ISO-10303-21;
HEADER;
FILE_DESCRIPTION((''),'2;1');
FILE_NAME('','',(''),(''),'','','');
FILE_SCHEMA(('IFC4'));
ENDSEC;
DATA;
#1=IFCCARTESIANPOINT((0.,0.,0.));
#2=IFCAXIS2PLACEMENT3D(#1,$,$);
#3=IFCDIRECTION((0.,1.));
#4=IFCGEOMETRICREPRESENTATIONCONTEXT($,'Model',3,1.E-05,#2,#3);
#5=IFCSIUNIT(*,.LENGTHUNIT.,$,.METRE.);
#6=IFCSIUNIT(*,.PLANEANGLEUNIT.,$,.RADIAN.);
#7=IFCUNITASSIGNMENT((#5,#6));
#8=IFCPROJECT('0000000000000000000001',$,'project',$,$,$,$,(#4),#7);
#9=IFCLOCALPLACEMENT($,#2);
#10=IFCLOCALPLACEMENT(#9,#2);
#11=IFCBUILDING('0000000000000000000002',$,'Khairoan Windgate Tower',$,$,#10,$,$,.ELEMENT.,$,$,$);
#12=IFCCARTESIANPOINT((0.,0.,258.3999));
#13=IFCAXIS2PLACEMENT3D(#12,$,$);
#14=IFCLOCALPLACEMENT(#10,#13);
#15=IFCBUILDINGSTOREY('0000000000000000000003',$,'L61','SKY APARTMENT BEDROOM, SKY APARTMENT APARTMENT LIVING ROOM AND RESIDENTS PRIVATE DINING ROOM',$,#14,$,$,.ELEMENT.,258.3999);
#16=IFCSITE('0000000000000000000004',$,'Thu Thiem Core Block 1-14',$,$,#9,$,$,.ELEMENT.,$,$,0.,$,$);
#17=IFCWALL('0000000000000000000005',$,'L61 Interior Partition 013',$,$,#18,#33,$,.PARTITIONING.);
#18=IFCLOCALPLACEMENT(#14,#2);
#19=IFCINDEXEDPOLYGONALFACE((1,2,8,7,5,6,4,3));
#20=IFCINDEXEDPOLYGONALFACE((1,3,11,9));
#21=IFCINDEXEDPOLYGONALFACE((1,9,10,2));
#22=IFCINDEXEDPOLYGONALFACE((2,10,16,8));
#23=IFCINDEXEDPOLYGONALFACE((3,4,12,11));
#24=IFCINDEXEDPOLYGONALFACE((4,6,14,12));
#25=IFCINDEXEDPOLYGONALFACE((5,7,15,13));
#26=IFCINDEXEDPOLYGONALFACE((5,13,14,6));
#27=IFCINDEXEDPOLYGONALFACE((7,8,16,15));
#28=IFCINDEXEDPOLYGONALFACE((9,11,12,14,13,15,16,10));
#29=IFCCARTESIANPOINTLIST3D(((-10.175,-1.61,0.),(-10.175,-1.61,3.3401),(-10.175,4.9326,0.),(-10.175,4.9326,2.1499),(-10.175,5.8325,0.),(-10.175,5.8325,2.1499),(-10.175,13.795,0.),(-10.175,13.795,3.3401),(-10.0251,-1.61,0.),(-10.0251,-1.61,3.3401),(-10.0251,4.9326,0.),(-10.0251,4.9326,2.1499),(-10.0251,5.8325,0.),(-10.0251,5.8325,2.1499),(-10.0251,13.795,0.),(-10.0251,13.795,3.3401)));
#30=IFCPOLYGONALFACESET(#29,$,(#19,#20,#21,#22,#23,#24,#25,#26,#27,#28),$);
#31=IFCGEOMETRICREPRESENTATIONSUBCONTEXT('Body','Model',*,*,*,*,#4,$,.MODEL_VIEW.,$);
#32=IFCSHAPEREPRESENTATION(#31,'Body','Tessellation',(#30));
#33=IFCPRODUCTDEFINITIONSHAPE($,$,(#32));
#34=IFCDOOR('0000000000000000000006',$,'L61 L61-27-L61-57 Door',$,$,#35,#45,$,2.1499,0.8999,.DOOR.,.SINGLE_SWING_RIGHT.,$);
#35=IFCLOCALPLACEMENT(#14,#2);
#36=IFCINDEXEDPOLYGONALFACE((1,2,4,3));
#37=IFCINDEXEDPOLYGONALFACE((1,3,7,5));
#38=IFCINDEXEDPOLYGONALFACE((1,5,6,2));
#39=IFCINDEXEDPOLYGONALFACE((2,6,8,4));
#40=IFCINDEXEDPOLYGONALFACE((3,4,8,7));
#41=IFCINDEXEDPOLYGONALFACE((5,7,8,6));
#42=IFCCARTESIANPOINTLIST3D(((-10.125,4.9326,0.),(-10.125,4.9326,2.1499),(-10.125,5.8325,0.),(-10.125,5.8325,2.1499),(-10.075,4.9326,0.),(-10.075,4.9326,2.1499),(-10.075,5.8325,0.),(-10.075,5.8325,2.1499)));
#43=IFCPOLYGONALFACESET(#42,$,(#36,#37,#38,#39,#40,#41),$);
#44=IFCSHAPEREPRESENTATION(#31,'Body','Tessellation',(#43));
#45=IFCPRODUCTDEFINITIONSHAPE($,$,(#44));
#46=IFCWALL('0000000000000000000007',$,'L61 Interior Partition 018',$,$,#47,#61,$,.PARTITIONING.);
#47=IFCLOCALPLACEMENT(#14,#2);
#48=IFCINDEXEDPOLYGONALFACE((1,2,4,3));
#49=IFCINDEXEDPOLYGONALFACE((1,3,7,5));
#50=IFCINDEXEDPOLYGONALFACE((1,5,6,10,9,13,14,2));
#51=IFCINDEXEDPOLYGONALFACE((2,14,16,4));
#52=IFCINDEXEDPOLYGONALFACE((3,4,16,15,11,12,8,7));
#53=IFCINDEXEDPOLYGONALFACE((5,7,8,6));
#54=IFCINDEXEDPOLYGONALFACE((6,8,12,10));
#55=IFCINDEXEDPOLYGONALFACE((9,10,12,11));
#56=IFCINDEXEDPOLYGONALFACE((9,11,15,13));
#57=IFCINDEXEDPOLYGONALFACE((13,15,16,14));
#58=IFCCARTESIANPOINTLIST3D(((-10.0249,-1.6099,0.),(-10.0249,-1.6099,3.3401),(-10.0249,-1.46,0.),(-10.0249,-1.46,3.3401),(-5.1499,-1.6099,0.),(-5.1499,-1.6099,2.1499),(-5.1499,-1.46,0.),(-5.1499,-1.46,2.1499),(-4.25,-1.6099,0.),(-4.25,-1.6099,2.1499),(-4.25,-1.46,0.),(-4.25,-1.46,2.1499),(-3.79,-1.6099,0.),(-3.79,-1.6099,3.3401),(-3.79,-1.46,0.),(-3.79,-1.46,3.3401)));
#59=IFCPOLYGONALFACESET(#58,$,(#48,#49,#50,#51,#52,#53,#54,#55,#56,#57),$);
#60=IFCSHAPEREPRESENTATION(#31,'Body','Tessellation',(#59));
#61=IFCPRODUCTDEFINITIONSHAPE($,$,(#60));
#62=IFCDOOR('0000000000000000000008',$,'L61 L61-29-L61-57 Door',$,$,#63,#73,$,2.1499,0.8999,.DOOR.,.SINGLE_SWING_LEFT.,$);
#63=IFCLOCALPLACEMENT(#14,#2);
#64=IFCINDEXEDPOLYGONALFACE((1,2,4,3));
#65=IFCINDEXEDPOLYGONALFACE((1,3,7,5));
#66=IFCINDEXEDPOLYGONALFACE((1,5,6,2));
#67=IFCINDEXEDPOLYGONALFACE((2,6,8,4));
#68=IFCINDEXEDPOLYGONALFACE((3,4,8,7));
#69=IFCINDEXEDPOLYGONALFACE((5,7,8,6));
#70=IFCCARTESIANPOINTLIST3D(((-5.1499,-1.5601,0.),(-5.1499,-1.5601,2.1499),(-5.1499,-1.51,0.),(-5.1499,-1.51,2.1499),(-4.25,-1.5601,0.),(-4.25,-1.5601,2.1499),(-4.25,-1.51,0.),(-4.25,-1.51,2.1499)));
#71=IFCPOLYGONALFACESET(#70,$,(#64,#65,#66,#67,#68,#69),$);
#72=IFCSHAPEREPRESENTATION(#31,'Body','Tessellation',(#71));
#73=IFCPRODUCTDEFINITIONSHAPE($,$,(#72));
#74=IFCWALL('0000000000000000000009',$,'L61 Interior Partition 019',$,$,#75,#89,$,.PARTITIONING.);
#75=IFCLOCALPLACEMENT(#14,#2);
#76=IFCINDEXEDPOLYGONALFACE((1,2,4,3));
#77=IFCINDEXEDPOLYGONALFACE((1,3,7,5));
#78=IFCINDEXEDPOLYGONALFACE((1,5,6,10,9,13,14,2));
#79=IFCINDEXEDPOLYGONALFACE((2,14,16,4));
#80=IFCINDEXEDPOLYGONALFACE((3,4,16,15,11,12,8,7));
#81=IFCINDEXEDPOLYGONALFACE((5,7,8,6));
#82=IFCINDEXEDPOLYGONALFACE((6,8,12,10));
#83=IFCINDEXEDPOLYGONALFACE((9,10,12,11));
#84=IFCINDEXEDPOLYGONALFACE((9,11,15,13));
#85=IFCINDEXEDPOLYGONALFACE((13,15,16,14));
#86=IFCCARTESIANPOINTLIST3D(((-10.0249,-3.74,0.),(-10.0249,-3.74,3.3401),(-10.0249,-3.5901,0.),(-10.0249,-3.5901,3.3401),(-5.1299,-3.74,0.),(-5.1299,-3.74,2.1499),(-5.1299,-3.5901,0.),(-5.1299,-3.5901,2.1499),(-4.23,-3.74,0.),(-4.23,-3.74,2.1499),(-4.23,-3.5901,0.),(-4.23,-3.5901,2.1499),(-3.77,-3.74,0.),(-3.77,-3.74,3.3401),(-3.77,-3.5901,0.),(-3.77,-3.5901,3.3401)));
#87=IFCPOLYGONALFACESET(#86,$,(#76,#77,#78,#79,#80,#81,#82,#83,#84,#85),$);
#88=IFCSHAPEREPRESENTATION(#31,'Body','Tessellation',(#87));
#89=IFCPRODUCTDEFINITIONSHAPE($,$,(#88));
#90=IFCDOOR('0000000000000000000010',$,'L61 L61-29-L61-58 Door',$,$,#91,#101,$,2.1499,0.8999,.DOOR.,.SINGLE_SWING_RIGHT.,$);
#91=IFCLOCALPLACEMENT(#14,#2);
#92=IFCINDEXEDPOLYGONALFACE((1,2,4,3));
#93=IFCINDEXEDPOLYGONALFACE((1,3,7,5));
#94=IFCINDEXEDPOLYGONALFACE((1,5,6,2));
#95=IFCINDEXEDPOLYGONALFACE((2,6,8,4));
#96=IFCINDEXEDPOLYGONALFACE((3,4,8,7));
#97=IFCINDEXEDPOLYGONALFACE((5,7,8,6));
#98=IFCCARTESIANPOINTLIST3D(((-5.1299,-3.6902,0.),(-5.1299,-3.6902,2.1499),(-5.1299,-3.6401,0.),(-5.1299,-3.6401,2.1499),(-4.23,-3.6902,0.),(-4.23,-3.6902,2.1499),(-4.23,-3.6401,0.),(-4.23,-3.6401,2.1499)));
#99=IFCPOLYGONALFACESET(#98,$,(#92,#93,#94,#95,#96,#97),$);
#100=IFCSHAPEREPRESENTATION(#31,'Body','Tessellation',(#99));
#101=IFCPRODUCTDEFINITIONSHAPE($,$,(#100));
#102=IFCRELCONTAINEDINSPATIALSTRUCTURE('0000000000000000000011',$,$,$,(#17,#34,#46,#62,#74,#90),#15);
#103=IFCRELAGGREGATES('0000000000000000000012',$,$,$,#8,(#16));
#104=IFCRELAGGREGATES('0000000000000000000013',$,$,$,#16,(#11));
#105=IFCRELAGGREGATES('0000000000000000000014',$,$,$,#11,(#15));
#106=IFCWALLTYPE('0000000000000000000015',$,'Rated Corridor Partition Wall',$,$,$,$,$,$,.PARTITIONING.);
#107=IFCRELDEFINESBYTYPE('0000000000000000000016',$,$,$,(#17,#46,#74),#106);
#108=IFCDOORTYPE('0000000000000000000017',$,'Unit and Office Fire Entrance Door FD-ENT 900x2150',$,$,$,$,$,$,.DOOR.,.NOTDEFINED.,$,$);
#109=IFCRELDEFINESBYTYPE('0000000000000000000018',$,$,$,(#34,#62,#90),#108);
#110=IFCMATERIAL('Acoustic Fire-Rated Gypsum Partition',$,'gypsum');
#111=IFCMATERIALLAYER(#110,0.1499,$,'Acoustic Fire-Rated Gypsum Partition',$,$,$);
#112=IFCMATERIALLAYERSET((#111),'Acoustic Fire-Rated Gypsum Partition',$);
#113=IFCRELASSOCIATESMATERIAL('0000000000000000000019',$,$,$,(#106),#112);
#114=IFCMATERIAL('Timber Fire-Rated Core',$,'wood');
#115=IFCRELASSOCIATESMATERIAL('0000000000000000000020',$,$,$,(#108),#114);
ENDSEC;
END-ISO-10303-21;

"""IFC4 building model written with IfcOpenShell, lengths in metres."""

from ifc_helpers import new_model, si_unit, direction, frame, frame_2d, origin, place, context, subcontext, project, spatial, rectangle, extrude, material, layer, layer_set, type_object, element, fill, save


model = new_model("IFC4")

# Units and contexts
model_context = context("Model", 3, precision=1e-05, world=origin(), true_north=direction((0.0, 1.0)))
body_context = subcontext(model_context, "Body", "Model", "MODEL_VIEW")
ifc_project = project(units=[si_unit("LENGTHUNIT", "METRE"), si_unit("PLANEANGLEUNIT", "RADIAN")], contexts=[model_context])

# Site, building, storey
site_placement = place(None, origin())
site = spatial("IfcSite", under=ifc_project, at=site_placement, Name="Thu Thiem Core Block 1-14", CompositionType="ELEMENT", RefElevation=0.0)
building_placement = place(site_placement, origin())
building = spatial("IfcBuilding", under=site, at=building_placement, Name="Khairoan Windgate Tower", CompositionType="ELEMENT")
storey_placement = place(building_placement, frame((0.0, 0.0, 258.3999)))
storey = spatial("IfcBuildingStorey", under=building, at=storey_placement, Name="L61", Description="SKY APARTMENT BEDROOM, SKY APARTMENT APARTMENT LIVING ROOM AND RESIDENTS PRIVATE DINING ROOM", CompositionType="ELEMENT", Elevation=258.3999)

# Walls, openings, doors
ifc_material_1 = material(Name="Acoustic Fire-Rated Gypsum Partition", Category="gypsum")
ifc_layer_1 = layer(ifc_material_1, 0.1499, Name="Acoustic Fire-Rated Gypsum Partition")
ifc_layer_set_1 = layer_set([ifc_layer_1], Name="Acoustic Fire-Rated Gypsum Partition")
wall_type_1 = type_object("IfcWallType", Name="Rated Corridor Partition Wall", PredefinedType="PARTITIONING", material=ifc_layer_set_1)
wall_1_placement = place(storey_placement, frame((-10.1001, -1.6101, 0.0), z_axis=(0.0, 0.0, 1.0), x_axis=(0.0, 1.0, 0.0)))
wall_1 = element("IfcWall", 1, at=wall_1_placement, inside=storey, type_object=wall_type_1, Name="L61 Interior Partition 013", PredefinedType="PARTITIONING", context=body_context, shape_type="SweptSolid", body=[
    extrude(rectangle(XDim=15.405, YDim=0.1499, at=frame_2d((7.7026, 0.0))), origin(), (0.0, 0.0, 1.0), 3.3401),
])
opening_1_placement = place(wall_1_placement, frame((6.5427, 0.0, 0.0)))
opening_1 = element("IfcOpeningElement", 2, at=opening_1_placement, cuts=wall_1, PredefinedType="OPENING", context=body_context, shape_type="SweptSolid", body=[
    extrude(rectangle(XDim=0.8999, YDim=2.1499, at=frame_2d((0.45, 1.075))), frame((0.0, 0.085, 0.0), z_axis=(0.0, -1.0, 0.0), x_axis=(1.0, 0.0, 0.0)), (0.0, 0.0, 1.0), 0.1699),
])
ifc_material_2 = material(Name="Timber Fire-Rated Core", Category="wood")
door_type = type_object("IfcDoorType", Name="Unit and Office Fire Entrance Door FD-ENT 900x2150", OperationType="NOTDEFINED", PredefinedType="DOOR", material=ifc_material_2)
door_1_placement = place(opening_1_placement, origin())
door_1 = element("IfcDoor", 3, at=door_1_placement, inside=storey, type_object=door_type, Name="L61 L61-27-L61-57 Door", OperationType="SINGLE_SWING_RIGHT", OverallHeight=2.1499, OverallWidth=0.8999, PredefinedType="DOOR", context=body_context, shape_type="SweptSolid", body=[
    extrude(rectangle(XDim=0.8999, YDim=2.1499, at=frame_2d((0.45, 1.075))), frame((0.0, 0.0249, 0.0), z_axis=(0.0, -1.0, 0.0), x_axis=(1.0, 0.0, 0.0)), (0.0, 0.0, 1.0), 0.05),
])
fill(opening_1, door_1)
wall_2_placement = place(storey_placement, frame((-10.0249, -1.5349, 0.0), z_axis=(0.0, 0.0, 1.0), x_axis=(1.0, 0.0, 0.0)))
wall_2 = element("IfcWall", 4, at=wall_2_placement, inside=storey, type_object=wall_type_1, Name="L61 Interior Partition 018", PredefinedType="PARTITIONING", context=body_context, shape_type="SweptSolid", body=[
    extrude(rectangle(XDim=6.2349, YDim=0.1499, at=frame_2d((3.1174, 0.0))), origin(), (0.0, 0.0, 1.0), 3.3401),
])
opening_2_placement = place(wall_2_placement, frame((4.875, 0.0, 0.0)))
opening_2 = element("IfcOpeningElement", 5, at=opening_2_placement, cuts=wall_2, PredefinedType="OPENING", context=body_context, shape_type="SweptSolid", body=[
    extrude(rectangle(XDim=0.8999, YDim=2.1499, at=frame_2d((0.45, 1.075))), frame((0.0, 0.085, 0.0), z_axis=(0.0, -1.0, 0.0), x_axis=(1.0, 0.0, 0.0)), (0.0, 0.0, 1.0), 0.1699),
])
door_2_placement = place(opening_2_placement, origin())
door_2 = element("IfcDoor", 6, at=door_2_placement, inside=storey, type_object=door_type, Name="L61 L61-29-L61-57 Door", OperationType="SINGLE_SWING_LEFT", OverallHeight=2.1499, OverallWidth=0.8999, PredefinedType="DOOR", context=body_context, shape_type="SweptSolid", body=[
    extrude(rectangle(XDim=0.8999, YDim=2.1499, at=frame_2d((0.45, 1.075))), frame((0.0, 0.0249, 0.0), z_axis=(0.0, -1.0, 0.0), x_axis=(1.0, 0.0, 0.0)), (0.0, 0.0, 1.0), 0.05),
])
fill(opening_2, door_2)
wall_3_placement = place(storey_placement, frame((-10.0249, -3.665, 0.0), z_axis=(0.0, 0.0, 1.0), x_axis=(1.0, 0.0, 0.0)))
wall_3 = element("IfcWall", 7, at=wall_3_placement, inside=storey, type_object=wall_type_1, Name="L61 Interior Partition 019", PredefinedType="PARTITIONING", context=body_context, shape_type="SweptSolid", body=[
    extrude(rectangle(XDim=6.2549, YDim=0.1499, at=frame_2d((3.1274, 0.0))), origin(), (0.0, 0.0, 1.0), 3.3401),
])
opening_3_placement = place(wall_3_placement, frame((4.895, 0.0, 0.0)))
opening_3 = element("IfcOpeningElement", 8, at=opening_3_placement, cuts=wall_3, PredefinedType="OPENING", context=body_context, shape_type="SweptSolid", body=[
    extrude(rectangle(XDim=0.8999, YDim=2.1499, at=frame_2d((0.45, 1.075))), frame((0.0, 0.085, 0.0), z_axis=(0.0, -1.0, 0.0), x_axis=(1.0, 0.0, 0.0)), (0.0, 0.0, 1.0), 0.1699),
])
door_3_placement = place(opening_3_placement, origin())
door_3 = element("IfcDoor", 9, at=door_3_placement, inside=storey, type_object=door_type, Name="L61 L61-29-L61-58 Door", OperationType="SINGLE_SWING_RIGHT", OverallHeight=2.1499, OverallWidth=0.8999, PredefinedType="DOOR", context=body_context, shape_type="SweptSolid", body=[
    extrude(rectangle(XDim=0.8999, YDim=2.1499, at=frame_2d((0.45, 1.075))), frame((0.0, 0.0249, 0.0), z_axis=(0.0, -1.0, 0.0), x_axis=(1.0, 0.0, 0.0)), (0.0, 0.0, 1.0), 0.05),
])
fill(opening_3, door_3)

save(model, "model.ifc")
